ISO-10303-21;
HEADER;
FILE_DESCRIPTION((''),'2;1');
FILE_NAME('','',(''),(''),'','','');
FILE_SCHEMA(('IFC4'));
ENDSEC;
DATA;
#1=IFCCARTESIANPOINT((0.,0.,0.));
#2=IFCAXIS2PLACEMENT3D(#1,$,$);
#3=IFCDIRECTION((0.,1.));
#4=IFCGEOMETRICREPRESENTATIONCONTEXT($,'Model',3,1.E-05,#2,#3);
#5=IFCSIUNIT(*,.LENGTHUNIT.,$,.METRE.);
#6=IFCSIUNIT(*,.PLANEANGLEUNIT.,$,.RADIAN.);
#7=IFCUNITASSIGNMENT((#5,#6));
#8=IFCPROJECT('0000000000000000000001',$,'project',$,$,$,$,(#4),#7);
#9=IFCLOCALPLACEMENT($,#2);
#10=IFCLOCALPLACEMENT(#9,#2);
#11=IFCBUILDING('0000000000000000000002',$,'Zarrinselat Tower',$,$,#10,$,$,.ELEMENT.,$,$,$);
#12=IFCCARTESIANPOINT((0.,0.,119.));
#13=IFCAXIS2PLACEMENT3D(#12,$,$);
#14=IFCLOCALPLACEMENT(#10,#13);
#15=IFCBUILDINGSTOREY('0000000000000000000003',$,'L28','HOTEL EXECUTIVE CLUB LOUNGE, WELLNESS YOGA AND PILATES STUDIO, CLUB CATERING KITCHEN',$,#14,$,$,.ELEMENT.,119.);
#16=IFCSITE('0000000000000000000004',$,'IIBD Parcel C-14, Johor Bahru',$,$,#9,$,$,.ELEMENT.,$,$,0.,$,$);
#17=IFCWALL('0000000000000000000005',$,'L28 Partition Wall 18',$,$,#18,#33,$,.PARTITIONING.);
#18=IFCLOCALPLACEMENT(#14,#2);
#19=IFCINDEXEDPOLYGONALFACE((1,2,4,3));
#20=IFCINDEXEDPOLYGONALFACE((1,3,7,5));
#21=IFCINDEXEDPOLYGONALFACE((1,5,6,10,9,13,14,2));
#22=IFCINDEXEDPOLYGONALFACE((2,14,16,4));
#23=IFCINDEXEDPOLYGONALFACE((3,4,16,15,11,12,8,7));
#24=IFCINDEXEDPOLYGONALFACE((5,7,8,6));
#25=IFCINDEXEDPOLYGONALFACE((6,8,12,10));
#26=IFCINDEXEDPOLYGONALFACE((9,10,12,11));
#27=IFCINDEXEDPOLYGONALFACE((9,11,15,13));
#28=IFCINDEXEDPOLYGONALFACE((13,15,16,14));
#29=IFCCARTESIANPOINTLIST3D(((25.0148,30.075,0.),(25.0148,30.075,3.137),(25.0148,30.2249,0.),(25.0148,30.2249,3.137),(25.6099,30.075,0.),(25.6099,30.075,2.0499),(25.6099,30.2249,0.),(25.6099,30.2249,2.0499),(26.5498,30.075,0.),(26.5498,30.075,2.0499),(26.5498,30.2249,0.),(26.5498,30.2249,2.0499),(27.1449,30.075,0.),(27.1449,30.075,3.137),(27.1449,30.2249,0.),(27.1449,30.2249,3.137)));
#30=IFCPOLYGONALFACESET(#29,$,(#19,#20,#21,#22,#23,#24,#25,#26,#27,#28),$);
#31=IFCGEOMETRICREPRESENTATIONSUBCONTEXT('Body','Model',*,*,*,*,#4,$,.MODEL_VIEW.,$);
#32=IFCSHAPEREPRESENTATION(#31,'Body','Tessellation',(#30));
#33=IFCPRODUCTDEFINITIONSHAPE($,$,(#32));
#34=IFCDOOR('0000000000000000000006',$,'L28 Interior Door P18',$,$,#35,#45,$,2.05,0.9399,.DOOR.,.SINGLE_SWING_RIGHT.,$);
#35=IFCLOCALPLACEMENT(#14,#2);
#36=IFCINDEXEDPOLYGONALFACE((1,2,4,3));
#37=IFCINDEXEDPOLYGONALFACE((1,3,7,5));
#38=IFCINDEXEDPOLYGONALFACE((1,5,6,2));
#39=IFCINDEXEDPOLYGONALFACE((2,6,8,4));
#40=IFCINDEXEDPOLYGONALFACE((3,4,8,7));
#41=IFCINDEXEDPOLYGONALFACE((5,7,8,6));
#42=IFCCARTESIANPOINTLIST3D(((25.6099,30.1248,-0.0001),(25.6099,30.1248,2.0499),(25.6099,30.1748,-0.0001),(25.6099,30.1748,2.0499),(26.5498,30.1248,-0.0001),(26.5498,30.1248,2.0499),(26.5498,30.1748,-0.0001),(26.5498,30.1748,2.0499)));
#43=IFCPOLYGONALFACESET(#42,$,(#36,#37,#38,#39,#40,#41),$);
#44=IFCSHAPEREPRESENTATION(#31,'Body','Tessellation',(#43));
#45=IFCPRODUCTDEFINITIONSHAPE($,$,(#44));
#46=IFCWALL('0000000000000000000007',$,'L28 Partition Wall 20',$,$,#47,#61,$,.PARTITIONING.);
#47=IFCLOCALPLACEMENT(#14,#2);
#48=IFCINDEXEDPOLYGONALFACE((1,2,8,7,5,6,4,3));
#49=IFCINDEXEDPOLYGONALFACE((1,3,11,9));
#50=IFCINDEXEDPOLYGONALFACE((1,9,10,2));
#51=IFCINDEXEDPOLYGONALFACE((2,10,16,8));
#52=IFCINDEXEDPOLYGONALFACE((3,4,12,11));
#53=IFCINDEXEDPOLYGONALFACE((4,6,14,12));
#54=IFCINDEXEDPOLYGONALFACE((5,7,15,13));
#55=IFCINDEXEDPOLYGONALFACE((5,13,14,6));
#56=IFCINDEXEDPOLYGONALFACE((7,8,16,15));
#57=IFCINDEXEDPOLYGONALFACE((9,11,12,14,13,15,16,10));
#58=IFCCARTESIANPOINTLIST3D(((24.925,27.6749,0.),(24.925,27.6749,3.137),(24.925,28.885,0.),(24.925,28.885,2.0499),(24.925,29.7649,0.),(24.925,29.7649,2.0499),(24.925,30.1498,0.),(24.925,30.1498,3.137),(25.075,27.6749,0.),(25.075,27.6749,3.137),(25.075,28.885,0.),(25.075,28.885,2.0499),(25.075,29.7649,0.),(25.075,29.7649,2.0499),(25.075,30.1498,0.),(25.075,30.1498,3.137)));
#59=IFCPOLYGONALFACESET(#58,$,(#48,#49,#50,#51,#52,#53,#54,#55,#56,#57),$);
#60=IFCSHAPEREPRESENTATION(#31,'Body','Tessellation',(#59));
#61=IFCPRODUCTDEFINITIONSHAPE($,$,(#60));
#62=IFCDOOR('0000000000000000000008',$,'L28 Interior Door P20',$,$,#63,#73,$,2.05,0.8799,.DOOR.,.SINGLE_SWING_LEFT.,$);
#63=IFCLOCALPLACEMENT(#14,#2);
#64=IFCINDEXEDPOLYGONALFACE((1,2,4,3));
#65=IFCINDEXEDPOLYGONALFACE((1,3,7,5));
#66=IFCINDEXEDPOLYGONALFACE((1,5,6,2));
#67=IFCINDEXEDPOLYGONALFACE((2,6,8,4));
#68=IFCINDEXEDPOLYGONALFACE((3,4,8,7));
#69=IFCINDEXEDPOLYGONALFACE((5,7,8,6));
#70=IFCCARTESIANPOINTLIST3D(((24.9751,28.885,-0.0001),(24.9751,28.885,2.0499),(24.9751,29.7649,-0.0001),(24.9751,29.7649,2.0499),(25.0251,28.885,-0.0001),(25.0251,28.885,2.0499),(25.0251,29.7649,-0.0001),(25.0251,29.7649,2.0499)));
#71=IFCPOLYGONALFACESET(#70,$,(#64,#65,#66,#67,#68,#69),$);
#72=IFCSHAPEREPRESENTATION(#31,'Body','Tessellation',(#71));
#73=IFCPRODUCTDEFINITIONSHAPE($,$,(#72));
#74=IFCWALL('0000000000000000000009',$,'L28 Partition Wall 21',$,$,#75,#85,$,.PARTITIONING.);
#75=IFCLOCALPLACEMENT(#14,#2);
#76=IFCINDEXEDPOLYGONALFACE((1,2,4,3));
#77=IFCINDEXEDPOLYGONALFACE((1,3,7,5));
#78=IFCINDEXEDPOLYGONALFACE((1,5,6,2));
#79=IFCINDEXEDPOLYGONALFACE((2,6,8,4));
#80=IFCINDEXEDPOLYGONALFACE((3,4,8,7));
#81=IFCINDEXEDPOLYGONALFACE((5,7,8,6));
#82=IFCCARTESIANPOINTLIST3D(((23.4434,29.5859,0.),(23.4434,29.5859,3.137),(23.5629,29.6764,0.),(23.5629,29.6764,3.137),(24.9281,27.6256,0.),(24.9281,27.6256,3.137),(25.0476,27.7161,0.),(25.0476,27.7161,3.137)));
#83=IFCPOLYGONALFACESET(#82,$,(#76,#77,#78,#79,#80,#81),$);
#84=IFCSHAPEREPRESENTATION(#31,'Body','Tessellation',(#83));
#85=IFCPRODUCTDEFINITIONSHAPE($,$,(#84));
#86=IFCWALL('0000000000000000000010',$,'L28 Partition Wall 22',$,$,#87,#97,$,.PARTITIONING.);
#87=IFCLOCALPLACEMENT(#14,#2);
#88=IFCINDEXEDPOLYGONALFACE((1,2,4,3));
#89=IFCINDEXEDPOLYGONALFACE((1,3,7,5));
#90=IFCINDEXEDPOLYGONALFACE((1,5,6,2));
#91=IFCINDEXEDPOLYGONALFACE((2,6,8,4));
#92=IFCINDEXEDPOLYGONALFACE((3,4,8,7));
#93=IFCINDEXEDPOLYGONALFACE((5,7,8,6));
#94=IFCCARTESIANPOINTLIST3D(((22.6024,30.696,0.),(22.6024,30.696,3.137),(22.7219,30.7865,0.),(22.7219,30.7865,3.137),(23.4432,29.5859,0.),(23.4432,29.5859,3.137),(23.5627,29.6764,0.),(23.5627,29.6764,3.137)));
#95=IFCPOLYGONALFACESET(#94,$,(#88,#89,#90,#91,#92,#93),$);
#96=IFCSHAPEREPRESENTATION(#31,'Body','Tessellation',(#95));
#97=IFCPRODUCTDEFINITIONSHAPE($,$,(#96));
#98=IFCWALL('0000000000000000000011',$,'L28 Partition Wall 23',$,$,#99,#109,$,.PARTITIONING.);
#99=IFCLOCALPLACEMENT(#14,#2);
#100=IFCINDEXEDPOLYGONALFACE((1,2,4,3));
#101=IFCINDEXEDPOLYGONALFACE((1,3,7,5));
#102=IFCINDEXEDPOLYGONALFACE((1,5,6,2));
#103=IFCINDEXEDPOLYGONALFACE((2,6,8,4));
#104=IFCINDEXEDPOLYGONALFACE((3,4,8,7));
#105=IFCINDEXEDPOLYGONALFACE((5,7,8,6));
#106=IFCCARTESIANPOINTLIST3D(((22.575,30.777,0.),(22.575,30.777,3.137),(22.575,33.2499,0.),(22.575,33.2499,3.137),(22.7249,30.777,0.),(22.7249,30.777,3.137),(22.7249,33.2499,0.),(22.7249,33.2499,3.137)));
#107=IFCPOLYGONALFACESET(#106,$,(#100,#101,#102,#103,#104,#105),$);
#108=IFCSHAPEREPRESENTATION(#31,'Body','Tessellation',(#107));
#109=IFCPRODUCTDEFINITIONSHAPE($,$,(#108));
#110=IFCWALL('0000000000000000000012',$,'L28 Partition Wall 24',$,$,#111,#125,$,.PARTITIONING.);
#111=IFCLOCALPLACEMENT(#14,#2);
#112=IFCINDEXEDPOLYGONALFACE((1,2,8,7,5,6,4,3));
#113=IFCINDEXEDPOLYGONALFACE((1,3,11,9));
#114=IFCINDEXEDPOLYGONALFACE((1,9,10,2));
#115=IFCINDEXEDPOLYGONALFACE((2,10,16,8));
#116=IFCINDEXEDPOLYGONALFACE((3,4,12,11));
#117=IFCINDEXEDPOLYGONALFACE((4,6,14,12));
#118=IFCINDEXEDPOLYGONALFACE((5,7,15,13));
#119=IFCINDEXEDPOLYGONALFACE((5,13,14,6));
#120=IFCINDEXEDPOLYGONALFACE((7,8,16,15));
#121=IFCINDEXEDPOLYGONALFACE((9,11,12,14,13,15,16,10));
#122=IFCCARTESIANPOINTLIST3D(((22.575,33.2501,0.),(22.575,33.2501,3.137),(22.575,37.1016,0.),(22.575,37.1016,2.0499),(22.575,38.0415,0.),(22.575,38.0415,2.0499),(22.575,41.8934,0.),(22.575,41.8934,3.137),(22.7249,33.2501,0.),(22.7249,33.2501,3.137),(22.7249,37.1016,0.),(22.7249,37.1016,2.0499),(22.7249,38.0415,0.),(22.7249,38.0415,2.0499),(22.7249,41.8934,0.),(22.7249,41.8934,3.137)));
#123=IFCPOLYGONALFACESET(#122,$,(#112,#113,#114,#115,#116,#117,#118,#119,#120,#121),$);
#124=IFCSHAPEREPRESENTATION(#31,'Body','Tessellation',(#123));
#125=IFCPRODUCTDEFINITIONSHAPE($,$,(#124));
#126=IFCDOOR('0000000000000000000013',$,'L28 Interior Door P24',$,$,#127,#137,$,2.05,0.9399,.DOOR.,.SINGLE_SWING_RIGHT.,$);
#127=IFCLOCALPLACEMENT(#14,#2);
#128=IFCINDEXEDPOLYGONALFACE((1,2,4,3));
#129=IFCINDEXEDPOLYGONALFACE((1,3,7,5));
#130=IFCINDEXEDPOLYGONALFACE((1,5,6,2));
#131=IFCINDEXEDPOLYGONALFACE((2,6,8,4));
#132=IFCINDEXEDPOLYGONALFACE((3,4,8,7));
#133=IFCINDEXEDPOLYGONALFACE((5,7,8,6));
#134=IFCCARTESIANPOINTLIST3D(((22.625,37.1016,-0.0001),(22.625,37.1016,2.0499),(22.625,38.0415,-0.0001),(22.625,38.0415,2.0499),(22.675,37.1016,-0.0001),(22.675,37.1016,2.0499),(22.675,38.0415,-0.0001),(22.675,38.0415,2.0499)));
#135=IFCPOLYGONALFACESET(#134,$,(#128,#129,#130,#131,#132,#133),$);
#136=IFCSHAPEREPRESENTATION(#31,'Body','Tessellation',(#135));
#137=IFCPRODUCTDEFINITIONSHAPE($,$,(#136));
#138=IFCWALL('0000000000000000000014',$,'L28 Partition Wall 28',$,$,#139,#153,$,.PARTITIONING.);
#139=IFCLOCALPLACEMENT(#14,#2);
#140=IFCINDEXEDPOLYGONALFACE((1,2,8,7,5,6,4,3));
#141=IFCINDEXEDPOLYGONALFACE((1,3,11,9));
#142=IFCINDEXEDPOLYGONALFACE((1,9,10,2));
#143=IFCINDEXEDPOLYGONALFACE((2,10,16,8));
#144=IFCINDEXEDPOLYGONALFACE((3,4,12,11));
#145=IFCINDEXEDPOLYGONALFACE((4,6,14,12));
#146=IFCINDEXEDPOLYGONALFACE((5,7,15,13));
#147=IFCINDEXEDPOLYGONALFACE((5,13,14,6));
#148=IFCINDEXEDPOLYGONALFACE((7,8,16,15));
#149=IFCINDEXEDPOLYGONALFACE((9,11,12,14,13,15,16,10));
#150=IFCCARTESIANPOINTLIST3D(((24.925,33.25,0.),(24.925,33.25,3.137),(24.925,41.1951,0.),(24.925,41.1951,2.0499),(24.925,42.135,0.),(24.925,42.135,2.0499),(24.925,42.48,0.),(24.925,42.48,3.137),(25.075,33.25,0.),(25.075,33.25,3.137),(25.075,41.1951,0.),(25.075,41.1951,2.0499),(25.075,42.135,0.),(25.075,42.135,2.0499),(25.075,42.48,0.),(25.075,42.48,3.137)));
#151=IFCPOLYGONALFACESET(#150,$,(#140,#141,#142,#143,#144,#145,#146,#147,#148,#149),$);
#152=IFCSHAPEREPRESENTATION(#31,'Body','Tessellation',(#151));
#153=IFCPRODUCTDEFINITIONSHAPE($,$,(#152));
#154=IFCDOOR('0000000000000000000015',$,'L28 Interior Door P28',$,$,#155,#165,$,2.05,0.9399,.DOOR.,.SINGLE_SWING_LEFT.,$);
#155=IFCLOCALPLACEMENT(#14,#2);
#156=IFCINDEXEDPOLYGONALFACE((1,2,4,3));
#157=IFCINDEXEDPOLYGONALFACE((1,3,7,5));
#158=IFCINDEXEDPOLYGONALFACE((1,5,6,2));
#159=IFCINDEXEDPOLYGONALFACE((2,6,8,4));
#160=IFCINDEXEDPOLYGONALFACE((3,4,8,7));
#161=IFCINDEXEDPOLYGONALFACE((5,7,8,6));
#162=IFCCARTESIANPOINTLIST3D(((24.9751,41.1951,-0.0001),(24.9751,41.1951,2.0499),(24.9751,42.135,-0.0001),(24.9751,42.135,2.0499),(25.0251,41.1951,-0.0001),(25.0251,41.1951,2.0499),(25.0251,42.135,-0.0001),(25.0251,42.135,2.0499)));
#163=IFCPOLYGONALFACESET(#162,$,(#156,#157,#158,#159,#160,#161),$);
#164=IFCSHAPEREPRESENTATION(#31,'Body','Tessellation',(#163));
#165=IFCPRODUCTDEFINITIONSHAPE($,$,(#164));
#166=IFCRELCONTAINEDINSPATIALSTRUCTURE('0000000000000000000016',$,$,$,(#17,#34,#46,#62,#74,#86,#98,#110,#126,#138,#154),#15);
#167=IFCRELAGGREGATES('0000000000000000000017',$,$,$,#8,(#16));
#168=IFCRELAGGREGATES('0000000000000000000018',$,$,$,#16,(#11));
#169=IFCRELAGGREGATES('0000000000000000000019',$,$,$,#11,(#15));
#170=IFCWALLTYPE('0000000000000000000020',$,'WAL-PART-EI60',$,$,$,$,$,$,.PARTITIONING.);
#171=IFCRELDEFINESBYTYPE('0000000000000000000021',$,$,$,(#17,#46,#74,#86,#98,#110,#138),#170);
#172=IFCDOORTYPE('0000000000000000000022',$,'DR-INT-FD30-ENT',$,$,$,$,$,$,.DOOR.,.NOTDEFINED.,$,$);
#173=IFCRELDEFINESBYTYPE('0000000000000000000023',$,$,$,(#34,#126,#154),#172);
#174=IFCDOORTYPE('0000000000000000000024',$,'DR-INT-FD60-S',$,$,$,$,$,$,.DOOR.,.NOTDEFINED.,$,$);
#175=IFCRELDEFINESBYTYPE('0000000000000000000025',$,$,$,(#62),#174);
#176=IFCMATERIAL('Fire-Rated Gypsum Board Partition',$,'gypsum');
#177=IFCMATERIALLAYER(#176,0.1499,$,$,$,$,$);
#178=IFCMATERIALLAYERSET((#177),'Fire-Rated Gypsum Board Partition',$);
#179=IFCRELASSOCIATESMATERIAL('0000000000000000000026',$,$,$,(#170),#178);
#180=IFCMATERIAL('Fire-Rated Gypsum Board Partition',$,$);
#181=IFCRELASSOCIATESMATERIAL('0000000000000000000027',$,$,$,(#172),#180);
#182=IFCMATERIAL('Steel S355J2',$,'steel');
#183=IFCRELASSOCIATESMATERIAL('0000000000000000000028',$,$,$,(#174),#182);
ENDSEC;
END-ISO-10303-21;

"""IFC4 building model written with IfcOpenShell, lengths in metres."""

from ifc_helpers import new_model, si_unit, direction, frame, frame_2d, origin, place, context, subcontext, project, spatial, rectangle, extrude, material, layer, layer_set, type_object, element, fill, save


model = new_model("IFC4")

# Units and contexts
model_context = context("Model", 3, precision=1e-05, world=origin(), true_north=direction((0.0, 1.0)))
body_context = subcontext(model_context, "Body", "Model", "MODEL_VIEW")
ifc_project = project(units=[si_unit("LENGTHUNIT", "METRE"), si_unit("PLANEANGLEUNIT", "RADIAN")], contexts=[model_context])

# Site, building, storey
site_placement = place(None, origin())
site = spatial("IfcSite", under=ifc_project, at=site_placement, Name="IIBD Parcel C-14, Johor Bahru", CompositionType="ELEMENT", RefElevation=0.0)
building_placement = place(site_placement, origin())
building = spatial("IfcBuilding", under=site, at=building_placement, Name="Zarrinselat Tower", CompositionType="ELEMENT")
storey_placement = place(building_placement, frame((0.0, 0.0, 119.0)))
storey = spatial("IfcBuildingStorey", under=building, at=storey_placement, Name="L28", Description="HOTEL EXECUTIVE CLUB LOUNGE, WELLNESS YOGA AND PILATES STUDIO, CLUB CATERING KITCHEN", CompositionType="ELEMENT", Elevation=119.0)

# Walls, openings, doors
ifc_material_1 = material(Name="Fire-Rated Gypsum Board Partition", Category="gypsum")
ifc_layer_1 = layer(ifc_material_1, 0.1499)
ifc_layer_set_1 = layer_set([ifc_layer_1], Name="Fire-Rated Gypsum Board Partition")
wall_type_1 = type_object("IfcWallType", Name="WAL-PART-EI60", PredefinedType="PARTITIONING", material=ifc_layer_set_1)
wall_1_placement = place(storey_placement, frame((25.0149, 30.1499, 0.0), z_axis=(0.0, 0.0, 1.0), x_axis=(1.0, 0.0, 0.0)))
wall_1 = element("IfcWall", 1, at=wall_1_placement, inside=storey, type_object=wall_type_1, Name="L28 Partition Wall 18", PredefinedType="PARTITIONING", context=body_context, shape_type="SweptSolid", body=[
    extrude(rectangle(XDim=2.1301, YDim=0.1499, at=frame_2d((1.0649, 0.0))), origin(), (0.0, 0.0, 1.0), 3.137),
])
opening_1_placement = place(wall_1_placement, frame((0.595, 0.0, 0.0)))
opening_1 = element("IfcOpeningElement", 2, at=opening_1_placement, cuts=wall_1, PredefinedType="OPENING", context=body_context, shape_type="SweptSolid", body=[
    extrude(rectangle(XDim=0.9399, YDim=2.05, at=frame_2d((0.47, 1.0249))), frame((0.0, 0.085, 0.0), z_axis=(0.0, -1.0, 0.0), x_axis=(1.0, 0.0, 0.0)), (0.0, 0.0, 1.0), 0.1699),
])
ifc_material_2 = material(Name="Fire-Rated Gypsum Board Partition")
door_type_1 = type_object("IfcDoorType", Name="DR-INT-FD30-ENT", OperationType="NOTDEFINED", PredefinedType="DOOR", material=ifc_material_2)
door_1_placement = place(opening_1_placement, origin())
door_1 = element("IfcDoor", 3, at=door_1_placement, inside=storey, type_object=door_type_1, Name="L28 Interior Door P18", OperationType="SINGLE_SWING_RIGHT", OverallHeight=2.05, OverallWidth=0.9399, PredefinedType="DOOR", context=body_context, shape_type="SweptSolid", body=[
    extrude(rectangle(XDim=0.9399, YDim=2.05, at=frame_2d((0.47, 1.0249))), frame((0.0, 0.0249, 0.0), z_axis=(0.0, -1.0, 0.0), x_axis=(1.0, 0.0, 0.0)), (0.0, 0.0, 1.0), 0.05),
])
fill(opening_1, door_1)
wall_2_placement = place(storey_placement, frame((25.0, 27.675, 0.0), z_axis=(0.0, 0.0, 1.0), x_axis=(0.0, 1.0, 0.0)))
wall_2 = element("IfcWall", 4, at=wall_2_placement, inside=storey, type_object=wall_type_1, Name="L28 Partition Wall 20", PredefinedType="PARTITIONING", context=body_context, shape_type="SweptSolid", body=[
    extrude(rectangle(XDim=2.4749, YDim=0.1499, at=frame_2d((1.2373, 0.0))), origin(), (0.0, 0.0, 1.0), 3.137),
])
opening_2_placement = place(wall_2_placement, frame((1.21, 0.0, 0.0)))
opening_2 = element("IfcOpeningElement", 5, at=opening_2_placement, cuts=wall_2, PredefinedType="OPENING", context=body_context, shape_type="SweptSolid", body=[
    extrude(rectangle(XDim=0.8799, YDim=2.05, at=frame_2d((0.4399, 1.0249))), frame((0.0, 0.085, 0.0), z_axis=(0.0, -1.0, 0.0), x_axis=(1.0, 0.0, 0.0)), (0.0, 0.0, 1.0), 0.1699),
])
ifc_material_3 = material(Name="Steel S355J2", Category="steel")
door_type_2 = type_object("IfcDoorType", Name="DR-INT-FD60-S", OperationType="NOTDEFINED", PredefinedType="DOOR", material=ifc_material_3)
door_2_placement = place(opening_2_placement, origin())
door_2 = element("IfcDoor", 6, at=door_2_placement, inside=storey, type_object=door_type_2, Name="L28 Interior Door P20", OperationType="SINGLE_SWING_LEFT", OverallHeight=2.05, OverallWidth=0.8799, PredefinedType="DOOR", context=body_context, shape_type="SweptSolid", body=[
    extrude(rectangle(XDim=0.8799, YDim=2.05, at=frame_2d((0.4399, 1.0249))), frame((0.0, 0.0249, 0.0), z_axis=(0.0, -1.0, 0.0), x_axis=(1.0, 0.0, 0.0)), (0.0, 0.0, 1.0), 0.05),
])
fill(opening_2, door_2)

# Walls
wall_3_placement = place(storey_placement, frame((23.5032, 29.6311, 0.0), z_axis=(0.0, 0.0, 1.0), x_axis=(0.603758, -0.797167, 0.0)))
element("IfcWall", 7, at=wall_3_placement, inside=storey, type_object=wall_type_1, Name="L28 Partition Wall 21", PredefinedType="PARTITIONING", context=body_context, shape_type="SweptSolid", body=[
    extrude(rectangle(XDim=2.459, YDim=0.1499, at=frame_2d((1.2295, 0.0))), origin(), (0.0, 0.0, 1.0), 3.137),
])
wall_4_placement = place(storey_placement, frame((22.6621, 30.7412, 0.0), z_axis=(0.0, 0.0, 1.0), x_axis=(0.60378, -0.797151, 0.0)))
element("IfcWall", 8, at=wall_4_placement, inside=storey, type_object=wall_type_1, Name="L28 Partition Wall 22", PredefinedType="PARTITIONING", context=body_context, shape_type="SweptSolid", body=[
    extrude(rectangle(XDim=1.3926, YDim=0.1499, at=frame_2d((0.6963, 0.0))), origin(), (0.0, 0.0, 1.0), 3.137),
])
wall_5_placement = place(storey_placement, frame((22.6499, 30.7771, 0.0), z_axis=(0.0, 0.0, 1.0), x_axis=(0.0, 1.0, 0.0)))
element("IfcWall", 9, at=wall_5_placement, inside=storey, type_object=wall_type_1, Name="L28 Partition Wall 23", PredefinedType="PARTITIONING", context=body_context, shape_type="SweptSolid", body=[
    extrude(rectangle(XDim=2.4729, YDim=0.1499, at=frame_2d((1.2363, 0.0))), origin(), (0.0, 0.0, 1.0), 3.137),
])

# Walls, openings, doors
wall_6_placement = place(storey_placement, frame((22.6499, 33.25, 0.0), z_axis=(0.0, 0.0, 1.0), x_axis=(0.0, 1.0, 0.0)))
wall_6 = element("IfcWall", 10, at=wall_6_placement, inside=storey, type_object=wall_type_1, Name="L28 Partition Wall 24", PredefinedType="PARTITIONING", context=body_context, shape_type="SweptSolid", body=[
    extrude(rectangle(XDim=8.6433, YDim=0.1499, at=frame_2d((4.3218, 0.0))), origin(), (0.0, 0.0, 1.0), 3.137),
])
opening_3_placement = place(wall_6_placement, frame((3.8516, 0.0, 0.0)))
opening_3 = element("IfcOpeningElement", 11, at=opening_3_placement, cuts=wall_6, PredefinedType="OPENING", context=body_context, shape_type="SweptSolid", body=[
    extrude(rectangle(XDim=0.9399, YDim=2.05, at=frame_2d((0.47, 1.0249))), frame((0.0, 0.085, 0.0), z_axis=(0.0, -1.0, 0.0), x_axis=(1.0, 0.0, 0.0)), (0.0, 0.0, 1.0), 0.1699),
])
door_3_placement = place(opening_3_placement, origin())
door_3 = element("IfcDoor", 12, at=door_3_placement, inside=storey, type_object=door_type_1, Name="L28 Interior Door P24", OperationType="SINGLE_SWING_RIGHT", OverallHeight=2.05, OverallWidth=0.9399, PredefinedType="DOOR", context=body_context, shape_type="SweptSolid", body=[
    extrude(rectangle(XDim=0.9399, YDim=2.05, at=frame_2d((0.47, 1.0249))), frame((0.0, 0.0249, 0.0), z_axis=(0.0, -1.0, 0.0), x_axis=(1.0, 0.0, 0.0)), (0.0, 0.0, 1.0), 0.05),
])
fill(opening_3, door_3)
wall_7_placement = place(storey_placement, frame((25.0, 33.25, 0.0), z_axis=(0.0, 0.0, 1.0), x_axis=(0.0, 1.0, 0.0)))
wall_7 = element("IfcWall", 13, at=wall_7_placement, inside=storey, type_object=wall_type_1, Name="L28 Partition Wall 28", PredefinedType="PARTITIONING", context=body_context, shape_type="SweptSolid", body=[
    extrude(rectangle(XDim=9.23, YDim=0.1499, at=frame_2d((4.615, 0.0))), origin(), (0.0, 0.0, 1.0), 3.137),
])
opening_4_placement = place(wall_7_placement, frame((7.9451, 0.0, 0.0)))
opening_4 = element("IfcOpeningElement", 14, at=opening_4_placement, cuts=wall_7, PredefinedType="OPENING", context=body_context, shape_type="SweptSolid", body=[
    extrude(rectangle(XDim=0.9399, YDim=2.05, at=frame_2d((0.47, 1.0249))), frame((0.0, 0.085, 0.0), z_axis=(0.0, -1.0, 0.0), x_axis=(1.0, 0.0, 0.0)), (0.0, 0.0, 1.0), 0.1699),
])
door_4_placement = place(opening_4_placement, origin())
door_4 = element("IfcDoor", 15, at=door_4_placement, inside=storey, type_object=door_type_1, Name="L28 Interior Door P28", OperationType="SINGLE_SWING_LEFT", OverallHeight=2.05, OverallWidth=0.9399, PredefinedType="DOOR", context=body_context, shape_type="SweptSolid", body=[
    extrude(rectangle(XDim=0.9399, YDim=2.05, at=frame_2d((0.47, 1.0249))), frame((0.0, 0.0249, 0.0), z_axis=(0.0, -1.0, 0.0), x_axis=(1.0, 0.0, 0.0)), (0.0, 0.0, 1.0), 0.05),
])
fill(opening_4, door_4)

save(model, "model.ifc")
